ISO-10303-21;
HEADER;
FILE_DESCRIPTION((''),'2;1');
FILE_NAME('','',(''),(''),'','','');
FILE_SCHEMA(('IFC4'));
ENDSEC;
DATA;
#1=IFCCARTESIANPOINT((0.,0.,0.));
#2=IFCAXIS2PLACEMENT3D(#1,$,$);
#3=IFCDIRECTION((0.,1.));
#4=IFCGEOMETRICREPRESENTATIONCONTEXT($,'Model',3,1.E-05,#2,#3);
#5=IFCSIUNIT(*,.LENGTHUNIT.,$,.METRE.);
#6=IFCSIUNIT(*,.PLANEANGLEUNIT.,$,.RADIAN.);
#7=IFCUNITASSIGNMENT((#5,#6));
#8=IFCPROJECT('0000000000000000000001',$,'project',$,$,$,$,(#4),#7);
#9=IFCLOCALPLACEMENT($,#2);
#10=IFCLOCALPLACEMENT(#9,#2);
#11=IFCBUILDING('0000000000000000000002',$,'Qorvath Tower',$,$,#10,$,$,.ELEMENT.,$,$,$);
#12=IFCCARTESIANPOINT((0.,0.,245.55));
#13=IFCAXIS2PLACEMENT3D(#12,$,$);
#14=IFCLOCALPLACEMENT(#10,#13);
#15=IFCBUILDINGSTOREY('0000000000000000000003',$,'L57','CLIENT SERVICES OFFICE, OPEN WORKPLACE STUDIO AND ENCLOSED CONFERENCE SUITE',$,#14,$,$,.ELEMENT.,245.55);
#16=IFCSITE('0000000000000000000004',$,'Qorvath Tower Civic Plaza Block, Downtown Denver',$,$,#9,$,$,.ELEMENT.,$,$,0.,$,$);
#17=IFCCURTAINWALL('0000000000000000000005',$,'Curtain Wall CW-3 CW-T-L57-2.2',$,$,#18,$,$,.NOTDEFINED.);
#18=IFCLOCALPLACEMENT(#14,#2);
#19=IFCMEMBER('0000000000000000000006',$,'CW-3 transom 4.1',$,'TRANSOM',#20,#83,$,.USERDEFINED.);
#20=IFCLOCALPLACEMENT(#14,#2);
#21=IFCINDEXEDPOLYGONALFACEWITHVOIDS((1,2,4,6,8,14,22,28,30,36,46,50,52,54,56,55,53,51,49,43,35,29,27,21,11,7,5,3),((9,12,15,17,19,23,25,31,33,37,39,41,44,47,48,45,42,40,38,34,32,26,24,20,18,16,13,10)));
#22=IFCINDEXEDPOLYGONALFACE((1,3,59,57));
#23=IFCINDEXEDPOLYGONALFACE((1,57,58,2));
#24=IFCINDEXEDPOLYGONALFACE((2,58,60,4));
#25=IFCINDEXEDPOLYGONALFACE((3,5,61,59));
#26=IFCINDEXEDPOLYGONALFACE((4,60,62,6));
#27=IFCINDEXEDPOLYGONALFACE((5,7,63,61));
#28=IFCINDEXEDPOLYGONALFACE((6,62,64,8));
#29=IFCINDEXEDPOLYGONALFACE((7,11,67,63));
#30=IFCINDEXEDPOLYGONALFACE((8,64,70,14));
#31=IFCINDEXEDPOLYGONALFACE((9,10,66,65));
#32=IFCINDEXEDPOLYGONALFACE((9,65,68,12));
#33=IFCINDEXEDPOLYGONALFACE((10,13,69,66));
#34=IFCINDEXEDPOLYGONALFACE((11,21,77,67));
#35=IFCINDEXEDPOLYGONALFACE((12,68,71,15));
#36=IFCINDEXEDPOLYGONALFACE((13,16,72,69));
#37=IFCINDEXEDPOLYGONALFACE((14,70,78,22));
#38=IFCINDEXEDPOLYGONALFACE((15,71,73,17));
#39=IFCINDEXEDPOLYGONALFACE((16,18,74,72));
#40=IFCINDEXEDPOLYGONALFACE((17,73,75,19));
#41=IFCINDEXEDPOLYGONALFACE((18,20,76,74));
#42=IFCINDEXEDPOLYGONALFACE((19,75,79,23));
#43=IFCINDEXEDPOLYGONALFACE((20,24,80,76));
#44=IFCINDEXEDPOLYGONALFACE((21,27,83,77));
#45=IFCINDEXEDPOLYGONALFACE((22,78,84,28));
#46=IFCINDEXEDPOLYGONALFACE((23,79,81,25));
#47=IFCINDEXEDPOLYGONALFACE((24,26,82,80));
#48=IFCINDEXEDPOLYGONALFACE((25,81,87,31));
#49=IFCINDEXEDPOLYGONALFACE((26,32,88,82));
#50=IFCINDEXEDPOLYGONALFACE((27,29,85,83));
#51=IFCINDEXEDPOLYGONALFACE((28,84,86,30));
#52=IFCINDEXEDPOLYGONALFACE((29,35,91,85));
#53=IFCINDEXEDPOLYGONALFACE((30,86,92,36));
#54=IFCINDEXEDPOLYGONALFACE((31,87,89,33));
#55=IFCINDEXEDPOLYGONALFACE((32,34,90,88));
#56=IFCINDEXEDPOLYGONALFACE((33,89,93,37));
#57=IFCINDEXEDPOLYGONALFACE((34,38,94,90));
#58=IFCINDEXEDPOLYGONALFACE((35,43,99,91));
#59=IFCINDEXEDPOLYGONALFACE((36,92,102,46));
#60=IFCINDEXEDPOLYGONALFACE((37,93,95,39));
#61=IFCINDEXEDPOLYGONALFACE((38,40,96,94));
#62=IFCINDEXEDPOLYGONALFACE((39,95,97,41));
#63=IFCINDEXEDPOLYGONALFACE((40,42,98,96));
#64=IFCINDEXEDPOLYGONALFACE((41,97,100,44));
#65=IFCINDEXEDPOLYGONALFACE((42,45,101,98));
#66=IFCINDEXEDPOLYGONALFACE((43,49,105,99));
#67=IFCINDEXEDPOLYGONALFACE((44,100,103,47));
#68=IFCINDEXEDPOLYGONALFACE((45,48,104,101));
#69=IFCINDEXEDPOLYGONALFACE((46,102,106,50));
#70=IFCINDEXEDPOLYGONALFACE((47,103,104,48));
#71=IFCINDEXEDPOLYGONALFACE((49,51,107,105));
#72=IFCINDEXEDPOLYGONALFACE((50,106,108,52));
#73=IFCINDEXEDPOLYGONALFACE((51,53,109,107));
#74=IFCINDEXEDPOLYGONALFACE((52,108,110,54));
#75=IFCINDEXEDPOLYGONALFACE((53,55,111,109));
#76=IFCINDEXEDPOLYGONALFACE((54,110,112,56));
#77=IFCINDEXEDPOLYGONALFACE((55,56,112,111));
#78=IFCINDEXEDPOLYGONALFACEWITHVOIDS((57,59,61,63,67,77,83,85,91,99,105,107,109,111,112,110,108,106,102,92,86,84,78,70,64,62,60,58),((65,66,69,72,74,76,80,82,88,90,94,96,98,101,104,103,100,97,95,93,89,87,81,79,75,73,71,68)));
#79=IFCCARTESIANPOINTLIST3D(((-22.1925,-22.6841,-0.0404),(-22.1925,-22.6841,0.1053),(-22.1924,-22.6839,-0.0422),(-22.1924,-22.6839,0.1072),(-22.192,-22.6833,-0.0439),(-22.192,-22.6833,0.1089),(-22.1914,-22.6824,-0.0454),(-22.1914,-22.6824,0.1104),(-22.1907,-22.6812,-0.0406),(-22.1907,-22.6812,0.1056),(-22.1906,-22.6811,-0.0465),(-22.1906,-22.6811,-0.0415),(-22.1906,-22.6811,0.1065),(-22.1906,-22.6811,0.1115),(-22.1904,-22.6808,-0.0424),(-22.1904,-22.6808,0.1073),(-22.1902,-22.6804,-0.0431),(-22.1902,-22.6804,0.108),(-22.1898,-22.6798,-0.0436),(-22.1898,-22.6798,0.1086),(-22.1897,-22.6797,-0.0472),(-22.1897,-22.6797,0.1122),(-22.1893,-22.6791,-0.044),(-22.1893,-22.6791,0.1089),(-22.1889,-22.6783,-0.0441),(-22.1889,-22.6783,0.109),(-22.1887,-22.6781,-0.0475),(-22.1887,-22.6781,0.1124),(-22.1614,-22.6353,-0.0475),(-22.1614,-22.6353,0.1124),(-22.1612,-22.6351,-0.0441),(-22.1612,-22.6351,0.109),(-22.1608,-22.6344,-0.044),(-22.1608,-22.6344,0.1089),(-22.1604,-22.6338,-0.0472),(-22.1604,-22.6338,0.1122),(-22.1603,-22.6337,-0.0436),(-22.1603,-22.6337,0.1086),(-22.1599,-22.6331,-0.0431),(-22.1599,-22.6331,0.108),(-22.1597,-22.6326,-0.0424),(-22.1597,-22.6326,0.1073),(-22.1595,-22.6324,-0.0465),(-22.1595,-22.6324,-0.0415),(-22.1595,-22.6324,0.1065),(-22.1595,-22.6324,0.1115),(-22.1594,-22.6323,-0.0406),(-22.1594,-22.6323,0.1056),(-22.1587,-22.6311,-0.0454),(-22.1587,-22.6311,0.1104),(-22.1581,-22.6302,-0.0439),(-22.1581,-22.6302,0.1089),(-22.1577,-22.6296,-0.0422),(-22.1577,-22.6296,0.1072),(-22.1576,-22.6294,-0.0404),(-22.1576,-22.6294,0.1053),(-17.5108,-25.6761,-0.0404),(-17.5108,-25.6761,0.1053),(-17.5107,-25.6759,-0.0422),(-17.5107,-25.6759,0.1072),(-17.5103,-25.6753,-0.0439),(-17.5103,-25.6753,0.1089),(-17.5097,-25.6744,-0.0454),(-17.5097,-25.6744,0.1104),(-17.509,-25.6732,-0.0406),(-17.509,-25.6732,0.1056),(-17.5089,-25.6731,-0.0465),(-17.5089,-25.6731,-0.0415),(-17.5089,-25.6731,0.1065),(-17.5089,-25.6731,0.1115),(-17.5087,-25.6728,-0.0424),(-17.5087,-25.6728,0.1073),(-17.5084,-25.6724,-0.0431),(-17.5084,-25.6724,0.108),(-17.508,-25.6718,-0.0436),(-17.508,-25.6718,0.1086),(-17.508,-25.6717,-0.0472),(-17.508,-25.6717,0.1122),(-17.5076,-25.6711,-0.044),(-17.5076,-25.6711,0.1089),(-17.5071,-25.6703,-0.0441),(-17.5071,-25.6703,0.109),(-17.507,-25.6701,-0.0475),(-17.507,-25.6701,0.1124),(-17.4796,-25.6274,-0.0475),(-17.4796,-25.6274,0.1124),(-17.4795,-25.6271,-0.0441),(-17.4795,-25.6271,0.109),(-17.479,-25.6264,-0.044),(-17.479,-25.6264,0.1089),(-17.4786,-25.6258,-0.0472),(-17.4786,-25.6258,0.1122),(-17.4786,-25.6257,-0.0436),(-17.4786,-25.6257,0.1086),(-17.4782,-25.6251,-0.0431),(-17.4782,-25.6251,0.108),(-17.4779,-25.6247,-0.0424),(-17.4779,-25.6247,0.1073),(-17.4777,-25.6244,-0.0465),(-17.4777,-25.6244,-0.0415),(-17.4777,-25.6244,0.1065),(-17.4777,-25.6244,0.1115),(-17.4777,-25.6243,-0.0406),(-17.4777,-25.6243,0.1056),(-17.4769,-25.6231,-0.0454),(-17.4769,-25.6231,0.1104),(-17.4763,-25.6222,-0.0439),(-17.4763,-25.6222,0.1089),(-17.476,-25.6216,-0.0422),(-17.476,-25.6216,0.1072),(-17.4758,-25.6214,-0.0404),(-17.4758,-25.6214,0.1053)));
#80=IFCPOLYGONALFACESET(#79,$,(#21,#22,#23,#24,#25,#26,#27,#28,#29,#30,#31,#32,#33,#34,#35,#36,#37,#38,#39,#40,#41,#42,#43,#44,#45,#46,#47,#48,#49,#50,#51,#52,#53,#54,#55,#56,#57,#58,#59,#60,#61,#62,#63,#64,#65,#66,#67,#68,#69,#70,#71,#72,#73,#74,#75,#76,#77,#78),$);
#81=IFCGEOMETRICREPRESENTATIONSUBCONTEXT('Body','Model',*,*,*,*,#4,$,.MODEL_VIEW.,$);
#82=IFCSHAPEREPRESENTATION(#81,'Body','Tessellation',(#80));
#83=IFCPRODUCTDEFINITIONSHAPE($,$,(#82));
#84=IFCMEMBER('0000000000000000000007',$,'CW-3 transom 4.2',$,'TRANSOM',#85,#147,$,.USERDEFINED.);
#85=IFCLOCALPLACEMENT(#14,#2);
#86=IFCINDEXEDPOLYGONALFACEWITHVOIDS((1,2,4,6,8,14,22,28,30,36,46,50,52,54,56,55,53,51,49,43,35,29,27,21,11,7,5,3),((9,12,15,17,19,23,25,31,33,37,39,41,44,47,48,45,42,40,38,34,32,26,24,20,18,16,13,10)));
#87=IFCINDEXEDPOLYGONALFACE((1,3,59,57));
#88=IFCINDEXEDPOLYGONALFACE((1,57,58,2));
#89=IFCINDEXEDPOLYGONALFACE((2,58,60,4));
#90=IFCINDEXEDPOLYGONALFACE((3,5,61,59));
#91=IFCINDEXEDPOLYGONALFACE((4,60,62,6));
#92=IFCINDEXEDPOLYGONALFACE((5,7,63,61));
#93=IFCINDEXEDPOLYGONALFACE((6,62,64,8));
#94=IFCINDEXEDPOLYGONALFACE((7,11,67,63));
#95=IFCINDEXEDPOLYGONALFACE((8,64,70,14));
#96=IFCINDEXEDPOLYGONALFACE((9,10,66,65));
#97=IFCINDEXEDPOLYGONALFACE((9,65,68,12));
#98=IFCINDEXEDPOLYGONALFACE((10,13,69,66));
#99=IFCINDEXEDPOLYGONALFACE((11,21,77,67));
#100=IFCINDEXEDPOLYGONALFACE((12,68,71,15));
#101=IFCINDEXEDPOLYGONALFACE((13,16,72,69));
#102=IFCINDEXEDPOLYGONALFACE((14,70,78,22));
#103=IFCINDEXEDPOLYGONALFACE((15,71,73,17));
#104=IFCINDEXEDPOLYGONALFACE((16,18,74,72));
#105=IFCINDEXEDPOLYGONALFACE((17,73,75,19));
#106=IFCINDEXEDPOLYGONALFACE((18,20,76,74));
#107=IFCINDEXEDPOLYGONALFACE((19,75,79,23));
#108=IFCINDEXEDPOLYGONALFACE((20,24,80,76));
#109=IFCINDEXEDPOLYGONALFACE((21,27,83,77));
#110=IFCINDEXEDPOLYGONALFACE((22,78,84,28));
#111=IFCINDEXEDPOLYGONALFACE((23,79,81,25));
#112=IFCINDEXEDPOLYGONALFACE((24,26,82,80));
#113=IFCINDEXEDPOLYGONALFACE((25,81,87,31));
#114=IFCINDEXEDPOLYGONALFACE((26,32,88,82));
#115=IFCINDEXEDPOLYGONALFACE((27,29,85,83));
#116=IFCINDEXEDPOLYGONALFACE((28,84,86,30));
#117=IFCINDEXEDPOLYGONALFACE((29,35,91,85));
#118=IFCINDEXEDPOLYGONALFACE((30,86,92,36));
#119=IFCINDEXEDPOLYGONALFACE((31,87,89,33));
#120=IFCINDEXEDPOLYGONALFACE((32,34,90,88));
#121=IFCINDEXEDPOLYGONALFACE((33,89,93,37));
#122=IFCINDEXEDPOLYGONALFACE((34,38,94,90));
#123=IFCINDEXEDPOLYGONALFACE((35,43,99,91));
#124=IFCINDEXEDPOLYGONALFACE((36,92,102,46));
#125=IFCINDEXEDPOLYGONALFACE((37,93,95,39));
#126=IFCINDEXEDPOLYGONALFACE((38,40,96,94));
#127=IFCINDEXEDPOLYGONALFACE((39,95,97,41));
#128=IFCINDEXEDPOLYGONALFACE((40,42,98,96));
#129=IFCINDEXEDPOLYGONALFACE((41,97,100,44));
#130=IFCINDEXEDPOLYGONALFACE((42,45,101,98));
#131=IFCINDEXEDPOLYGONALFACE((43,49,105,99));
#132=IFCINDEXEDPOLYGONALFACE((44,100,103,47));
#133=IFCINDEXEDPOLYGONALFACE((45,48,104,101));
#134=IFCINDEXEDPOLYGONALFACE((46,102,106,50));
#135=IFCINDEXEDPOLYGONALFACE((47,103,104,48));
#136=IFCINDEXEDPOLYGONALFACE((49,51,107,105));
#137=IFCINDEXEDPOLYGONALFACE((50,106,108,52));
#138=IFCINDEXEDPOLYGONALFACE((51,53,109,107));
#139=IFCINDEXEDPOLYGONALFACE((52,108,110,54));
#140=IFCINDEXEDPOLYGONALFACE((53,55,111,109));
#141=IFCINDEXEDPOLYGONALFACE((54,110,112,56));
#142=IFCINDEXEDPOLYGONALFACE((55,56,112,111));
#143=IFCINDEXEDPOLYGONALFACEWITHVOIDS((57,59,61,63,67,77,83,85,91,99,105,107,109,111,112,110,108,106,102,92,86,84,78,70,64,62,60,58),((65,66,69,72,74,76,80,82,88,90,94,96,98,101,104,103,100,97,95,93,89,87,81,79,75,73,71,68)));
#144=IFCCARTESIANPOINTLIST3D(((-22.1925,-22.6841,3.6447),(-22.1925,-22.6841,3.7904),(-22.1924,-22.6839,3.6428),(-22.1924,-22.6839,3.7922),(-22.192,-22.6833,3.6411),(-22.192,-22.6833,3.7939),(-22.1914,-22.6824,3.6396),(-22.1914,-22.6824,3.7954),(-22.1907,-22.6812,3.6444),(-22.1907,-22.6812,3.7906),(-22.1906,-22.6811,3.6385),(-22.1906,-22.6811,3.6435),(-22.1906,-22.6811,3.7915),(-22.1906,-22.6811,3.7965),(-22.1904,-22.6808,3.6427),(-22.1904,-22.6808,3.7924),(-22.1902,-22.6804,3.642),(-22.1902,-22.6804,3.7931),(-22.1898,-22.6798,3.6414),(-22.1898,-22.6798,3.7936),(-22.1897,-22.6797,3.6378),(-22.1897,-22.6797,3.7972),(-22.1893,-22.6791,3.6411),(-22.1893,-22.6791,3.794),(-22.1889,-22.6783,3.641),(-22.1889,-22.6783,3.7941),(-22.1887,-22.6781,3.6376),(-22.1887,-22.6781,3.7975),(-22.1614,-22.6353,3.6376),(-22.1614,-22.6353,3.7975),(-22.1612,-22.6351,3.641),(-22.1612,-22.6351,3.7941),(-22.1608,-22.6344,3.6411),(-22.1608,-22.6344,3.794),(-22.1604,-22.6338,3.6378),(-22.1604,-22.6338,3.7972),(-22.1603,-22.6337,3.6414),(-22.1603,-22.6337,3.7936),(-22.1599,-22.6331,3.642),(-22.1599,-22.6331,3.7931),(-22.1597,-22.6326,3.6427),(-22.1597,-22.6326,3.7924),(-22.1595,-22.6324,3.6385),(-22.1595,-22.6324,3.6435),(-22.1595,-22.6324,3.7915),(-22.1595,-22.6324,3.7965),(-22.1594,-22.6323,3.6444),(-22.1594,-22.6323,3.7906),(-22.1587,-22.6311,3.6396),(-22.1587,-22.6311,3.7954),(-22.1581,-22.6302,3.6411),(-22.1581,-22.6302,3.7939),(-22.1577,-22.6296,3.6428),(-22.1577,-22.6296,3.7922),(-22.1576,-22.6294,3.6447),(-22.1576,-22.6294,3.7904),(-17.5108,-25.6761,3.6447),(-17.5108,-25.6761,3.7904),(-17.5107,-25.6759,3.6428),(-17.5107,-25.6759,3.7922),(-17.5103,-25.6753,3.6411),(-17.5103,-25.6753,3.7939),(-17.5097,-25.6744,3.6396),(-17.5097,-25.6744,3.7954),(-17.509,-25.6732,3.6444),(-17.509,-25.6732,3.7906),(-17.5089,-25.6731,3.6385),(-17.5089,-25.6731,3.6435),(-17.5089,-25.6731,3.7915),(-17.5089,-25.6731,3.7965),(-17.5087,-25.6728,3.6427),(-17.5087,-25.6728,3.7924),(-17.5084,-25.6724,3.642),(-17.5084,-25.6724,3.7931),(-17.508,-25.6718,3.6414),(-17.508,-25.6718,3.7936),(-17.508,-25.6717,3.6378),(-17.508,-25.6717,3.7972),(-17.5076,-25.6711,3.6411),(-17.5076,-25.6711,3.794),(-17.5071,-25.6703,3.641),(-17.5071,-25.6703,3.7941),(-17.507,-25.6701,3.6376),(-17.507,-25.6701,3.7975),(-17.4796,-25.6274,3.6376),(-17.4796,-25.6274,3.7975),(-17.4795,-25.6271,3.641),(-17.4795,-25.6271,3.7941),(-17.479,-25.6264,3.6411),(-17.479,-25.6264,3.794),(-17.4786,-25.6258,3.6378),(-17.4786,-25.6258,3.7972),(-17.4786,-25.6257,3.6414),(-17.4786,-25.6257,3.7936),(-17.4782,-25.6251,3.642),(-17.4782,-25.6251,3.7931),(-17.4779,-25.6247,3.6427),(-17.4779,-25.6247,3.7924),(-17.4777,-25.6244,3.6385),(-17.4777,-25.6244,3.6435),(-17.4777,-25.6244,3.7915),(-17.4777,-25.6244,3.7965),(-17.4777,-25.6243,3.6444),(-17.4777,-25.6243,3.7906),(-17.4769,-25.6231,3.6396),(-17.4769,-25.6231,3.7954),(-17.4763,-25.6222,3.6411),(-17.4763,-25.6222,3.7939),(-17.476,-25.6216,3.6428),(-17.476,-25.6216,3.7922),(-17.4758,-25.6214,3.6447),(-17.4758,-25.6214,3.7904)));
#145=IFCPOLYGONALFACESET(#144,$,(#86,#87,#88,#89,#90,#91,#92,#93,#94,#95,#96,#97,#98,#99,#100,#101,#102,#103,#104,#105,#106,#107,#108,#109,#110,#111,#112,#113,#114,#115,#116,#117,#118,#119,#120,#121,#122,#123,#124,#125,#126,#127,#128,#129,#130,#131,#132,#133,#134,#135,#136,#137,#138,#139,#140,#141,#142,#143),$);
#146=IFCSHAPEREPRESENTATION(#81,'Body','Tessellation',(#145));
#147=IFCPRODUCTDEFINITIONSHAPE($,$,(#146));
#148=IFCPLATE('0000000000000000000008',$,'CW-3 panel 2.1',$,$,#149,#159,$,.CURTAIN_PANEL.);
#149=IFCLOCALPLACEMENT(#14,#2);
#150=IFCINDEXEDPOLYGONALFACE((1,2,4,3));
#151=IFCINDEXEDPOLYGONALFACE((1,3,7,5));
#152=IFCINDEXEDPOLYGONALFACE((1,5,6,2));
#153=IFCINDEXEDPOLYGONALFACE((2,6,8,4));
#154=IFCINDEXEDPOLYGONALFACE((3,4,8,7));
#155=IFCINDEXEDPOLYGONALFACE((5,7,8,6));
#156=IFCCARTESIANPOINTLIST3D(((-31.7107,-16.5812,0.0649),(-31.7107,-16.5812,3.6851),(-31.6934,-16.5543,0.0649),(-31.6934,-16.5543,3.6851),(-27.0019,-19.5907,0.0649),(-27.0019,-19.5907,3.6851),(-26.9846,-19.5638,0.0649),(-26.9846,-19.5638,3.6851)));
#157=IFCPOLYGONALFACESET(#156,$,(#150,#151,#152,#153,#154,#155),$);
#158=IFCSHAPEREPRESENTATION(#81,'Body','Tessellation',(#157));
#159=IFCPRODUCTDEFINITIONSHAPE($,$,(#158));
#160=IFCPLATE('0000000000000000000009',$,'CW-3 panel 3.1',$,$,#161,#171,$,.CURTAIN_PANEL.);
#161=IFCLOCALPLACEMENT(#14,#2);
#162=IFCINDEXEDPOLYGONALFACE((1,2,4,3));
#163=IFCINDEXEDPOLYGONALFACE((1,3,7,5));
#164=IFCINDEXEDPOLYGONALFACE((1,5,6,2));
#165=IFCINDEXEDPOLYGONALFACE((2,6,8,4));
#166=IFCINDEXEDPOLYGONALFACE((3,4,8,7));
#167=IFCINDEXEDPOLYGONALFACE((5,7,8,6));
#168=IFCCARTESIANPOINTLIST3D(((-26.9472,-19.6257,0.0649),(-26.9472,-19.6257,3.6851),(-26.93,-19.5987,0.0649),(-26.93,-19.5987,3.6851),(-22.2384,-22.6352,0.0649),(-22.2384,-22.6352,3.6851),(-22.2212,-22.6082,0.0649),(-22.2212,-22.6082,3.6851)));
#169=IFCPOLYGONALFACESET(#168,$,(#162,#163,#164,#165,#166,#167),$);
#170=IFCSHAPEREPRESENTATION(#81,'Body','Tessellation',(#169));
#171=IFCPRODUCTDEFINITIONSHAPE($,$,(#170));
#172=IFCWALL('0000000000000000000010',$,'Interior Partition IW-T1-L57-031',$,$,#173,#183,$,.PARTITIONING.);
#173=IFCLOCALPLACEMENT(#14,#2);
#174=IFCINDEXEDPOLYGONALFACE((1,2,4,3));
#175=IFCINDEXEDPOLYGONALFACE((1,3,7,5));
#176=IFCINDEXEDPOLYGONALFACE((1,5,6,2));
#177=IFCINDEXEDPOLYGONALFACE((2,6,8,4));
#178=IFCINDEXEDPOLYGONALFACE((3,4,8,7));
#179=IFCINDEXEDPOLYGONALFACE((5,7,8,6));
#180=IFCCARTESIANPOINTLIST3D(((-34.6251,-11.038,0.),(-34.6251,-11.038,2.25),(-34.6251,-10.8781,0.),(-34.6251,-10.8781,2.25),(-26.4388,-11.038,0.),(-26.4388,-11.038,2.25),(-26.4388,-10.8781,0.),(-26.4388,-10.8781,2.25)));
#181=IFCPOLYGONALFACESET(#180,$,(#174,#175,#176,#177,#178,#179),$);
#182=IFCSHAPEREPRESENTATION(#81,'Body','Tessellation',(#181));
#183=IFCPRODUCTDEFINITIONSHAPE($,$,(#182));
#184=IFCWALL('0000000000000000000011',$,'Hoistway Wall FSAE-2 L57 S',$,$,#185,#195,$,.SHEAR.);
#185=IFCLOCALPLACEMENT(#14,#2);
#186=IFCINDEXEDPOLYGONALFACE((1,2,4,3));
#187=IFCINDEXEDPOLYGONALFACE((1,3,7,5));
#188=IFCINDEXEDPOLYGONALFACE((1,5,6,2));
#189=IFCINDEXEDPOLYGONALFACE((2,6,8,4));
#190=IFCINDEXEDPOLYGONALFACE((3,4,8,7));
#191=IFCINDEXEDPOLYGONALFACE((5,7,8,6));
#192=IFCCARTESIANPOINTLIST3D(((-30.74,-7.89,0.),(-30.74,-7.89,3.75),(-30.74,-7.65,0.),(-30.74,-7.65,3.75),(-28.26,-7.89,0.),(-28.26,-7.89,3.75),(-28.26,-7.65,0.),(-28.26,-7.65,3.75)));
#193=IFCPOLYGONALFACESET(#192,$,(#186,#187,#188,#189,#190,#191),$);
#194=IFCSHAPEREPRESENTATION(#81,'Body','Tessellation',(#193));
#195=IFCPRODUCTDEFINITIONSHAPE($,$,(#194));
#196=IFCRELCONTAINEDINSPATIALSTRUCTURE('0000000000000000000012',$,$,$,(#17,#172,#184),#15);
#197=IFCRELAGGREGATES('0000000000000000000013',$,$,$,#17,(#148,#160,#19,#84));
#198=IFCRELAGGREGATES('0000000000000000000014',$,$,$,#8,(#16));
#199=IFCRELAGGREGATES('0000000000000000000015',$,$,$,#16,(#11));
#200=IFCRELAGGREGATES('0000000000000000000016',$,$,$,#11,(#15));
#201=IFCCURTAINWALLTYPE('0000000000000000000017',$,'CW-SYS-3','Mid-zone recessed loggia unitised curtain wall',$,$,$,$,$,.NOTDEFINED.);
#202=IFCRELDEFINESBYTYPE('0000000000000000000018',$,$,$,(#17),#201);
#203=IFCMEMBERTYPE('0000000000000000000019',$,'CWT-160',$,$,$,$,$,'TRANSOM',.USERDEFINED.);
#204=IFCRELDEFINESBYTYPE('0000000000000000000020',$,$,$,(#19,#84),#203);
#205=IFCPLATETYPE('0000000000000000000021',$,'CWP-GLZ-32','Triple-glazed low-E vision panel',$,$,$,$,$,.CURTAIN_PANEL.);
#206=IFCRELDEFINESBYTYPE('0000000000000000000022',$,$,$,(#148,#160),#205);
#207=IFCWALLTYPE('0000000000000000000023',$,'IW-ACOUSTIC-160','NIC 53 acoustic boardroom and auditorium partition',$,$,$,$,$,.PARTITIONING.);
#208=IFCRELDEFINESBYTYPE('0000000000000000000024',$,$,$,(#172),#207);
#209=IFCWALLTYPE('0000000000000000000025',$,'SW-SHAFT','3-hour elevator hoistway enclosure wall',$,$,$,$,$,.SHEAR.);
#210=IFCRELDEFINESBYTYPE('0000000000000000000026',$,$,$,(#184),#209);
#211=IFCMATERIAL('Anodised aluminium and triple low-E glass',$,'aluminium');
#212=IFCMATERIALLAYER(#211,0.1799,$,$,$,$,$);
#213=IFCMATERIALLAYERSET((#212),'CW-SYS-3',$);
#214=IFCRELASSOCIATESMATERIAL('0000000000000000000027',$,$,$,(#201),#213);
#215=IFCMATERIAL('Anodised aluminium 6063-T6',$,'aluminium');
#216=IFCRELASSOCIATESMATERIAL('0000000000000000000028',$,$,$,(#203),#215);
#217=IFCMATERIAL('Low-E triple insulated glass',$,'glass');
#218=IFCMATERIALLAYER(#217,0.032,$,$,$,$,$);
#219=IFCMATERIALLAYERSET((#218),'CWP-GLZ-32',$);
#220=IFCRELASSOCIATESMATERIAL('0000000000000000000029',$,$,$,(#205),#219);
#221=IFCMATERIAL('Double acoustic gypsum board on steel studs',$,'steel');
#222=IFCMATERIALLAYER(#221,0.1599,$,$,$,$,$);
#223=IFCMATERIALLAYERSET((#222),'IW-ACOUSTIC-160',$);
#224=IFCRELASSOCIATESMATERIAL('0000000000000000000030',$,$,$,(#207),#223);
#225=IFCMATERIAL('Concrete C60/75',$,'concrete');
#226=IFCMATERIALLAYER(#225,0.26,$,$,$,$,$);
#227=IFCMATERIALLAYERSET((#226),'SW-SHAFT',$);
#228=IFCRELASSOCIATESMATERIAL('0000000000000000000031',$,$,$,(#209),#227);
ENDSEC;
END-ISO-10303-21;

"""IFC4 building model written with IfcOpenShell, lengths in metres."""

from ifc_helpers import new_model, si_unit, direction, frame, frame_2d, origin, origin_2d, place, context, subcontext, project, spatial, rectangle, hollow_rectangle, extrude, material, layer, layer_set, material_profile, profile_set, type_object, element, aggregate, save


model = new_model("IFC4")

# Units and contexts
model_context = context("Model", 3, precision=1e-05, world=origin(), true_north=direction((0.0, 1.0)))
body_context = subcontext(model_context, "Body", "Model", "MODEL_VIEW")
ifc_project = project(units=[si_unit("LENGTHUNIT", "METRE"), si_unit("PLANEANGLEUNIT", "RADIAN")], contexts=[model_context])

# Site, building, storey
site_placement = place(None, origin())
site = spatial("IfcSite", under=ifc_project, at=site_placement, Name="Qorvath Tower Civic Plaza Block, Downtown Denver", CompositionType="ELEMENT", RefElevation=0.0)
building_placement = place(site_placement, origin())
building = spatial("IfcBuilding", under=site, at=building_placement, Name="Qorvath Tower", CompositionType="ELEMENT")
storey_placement = place(building_placement, frame((0.0, 0.0, 245.55)))
storey = spatial("IfcBuildingStorey", under=building, at=storey_placement, Name="L57", Description="CLIENT SERVICES OFFICE, OPEN WORKPLACE STUDIO AND ENCLOSED CONFERENCE SUITE", CompositionType="ELEMENT", Elevation=245.55)

# Curtain wall, members, plates
ifc_material_1 = material(Name="Anodised aluminium and triple low-E glass", Category="aluminium")
ifc_layer_1 = layer(ifc_material_1, 0.1799)
ifc_layer_set_1 = layer_set([ifc_layer_1], Name="CW-SYS-3")
curtain_wall_type = type_object("IfcCurtainWallType", Name="CW-SYS-3", Description="Mid-zone recessed loggia unitised curtain wall", PredefinedType="NOTDEFINED", material=ifc_layer_set_1)
curtain_wall_placement = place(storey_placement, origin())
curtain_wall = element("IfcCurtainWall", 1, at=curtain_wall_placement, inside=storey, type_object=curtain_wall_type, Name="Curtain Wall CW-3 CW-T-L57-2.2", PredefinedType="NOTDEFINED")
ifc_material_2 = material(Name="Anodised aluminium 6063-T6", Category="aluminium")
ifc_material_profile_1 = material_profile(ifc_material_2, hollow_rectangle(XDim=0.0649, YDim=0.1599, WallThickness=0.0034, InnerFilletRadius=0.0034, OuterFilletRadius=0.0071, at=origin_2d()), Name="CWT 160x65")
ifc_profile_set_1 = profile_set([ifc_material_profile_1], Name="Anodised aluminium 6063-T6")
member_type_1 = type_object("IfcMemberType", Name="CWT-160", ElementType="TRANSOM", PredefinedType="USERDEFINED", material=ifc_profile_set_1)
member_1_placement = place(storey_placement, frame((-22.175, -22.6567, 0.0325), z_axis=(0.842623, -0.538504, 0.0), x_axis=(0.538504, 0.842623, 0.0)))
member_1 = element("IfcMember", 2, at=member_1_placement, type_object=member_type_1, Name="CW-3 transom 4.1", ObjectType="TRANSOM", PredefinedType="USERDEFINED", context=body_context, shape_type="SweptSolid", body=[
    extrude(hollow_rectangle(XDim=0.0649, YDim=0.1599, WallThickness=0.0034, InnerFilletRadius=0.0034, OuterFilletRadius=0.0071, at=origin_2d()), origin(), (0.0, 0.0, 1.0), 5.5562),
])
member_2_placement = place(storey_placement, frame((-22.175, -22.6567, 3.7175), z_axis=(0.842623, -0.538504, 0.0), x_axis=(0.538504, 0.842623, 0.0)))
member_2 = element("IfcMember", 3, at=member_2_placement, type_object=member_type_1, Name="CW-3 transom 4.2", ObjectType="TRANSOM", PredefinedType="USERDEFINED", context=body_context, shape_type="SweptSolid", body=[
    extrude(hollow_rectangle(XDim=0.0649, YDim=0.1599, WallThickness=0.0034, InnerFilletRadius=0.0034, OuterFilletRadius=0.0071, at=origin_2d()), origin(), (0.0, 0.0, 1.0), 5.5562),
])
ifc_material_3 = material(Name="Low-E triple insulated glass", Category="glass")
ifc_layer_2 = layer(ifc_material_3, 0.032)
ifc_layer_set_2 = layer_set([ifc_layer_2], Name="CWP-GLZ-32")
plate_type = type_object("IfcPlateType", Name="CWP-GLZ-32", Description="Triple-glazed low-E vision panel", PredefinedType="CURTAIN_PANEL", material=ifc_layer_set_2)
plate_1_placement = place(storey_placement, frame((-29.3477, -18.0725, 0.0649), z_axis=(0.0, 0.0, 1.0), x_axis=(0.842606, -0.53853, 0.0)))
plate_1 = element("IfcPlate", 4, at=plate_1_placement, type_object=plate_type, Name="CW-3 panel 2.1", PredefinedType="CURTAIN_PANEL", context=body_context, shape_type="SweptSolid", body=[
    extrude(rectangle(XDim=5.5884, YDim=0.032, at=origin_2d()), origin(), (0.0, 0.0, 1.0), 3.6201),
])
plate_2_placement = place(storey_placement, frame((-24.5842, -21.1169, 0.0649), z_axis=(0.0, 0.0, 1.0), x_axis=(0.842606, -0.53853, 0.0)))
plate_2 = element("IfcPlate", 5, at=plate_2_placement, type_object=plate_type, Name="CW-3 panel 3.1", PredefinedType="CURTAIN_PANEL", context=body_context, shape_type="SweptSolid", body=[
    extrude(rectangle(XDim=5.5884, YDim=0.032, at=origin_2d()), origin(), (0.0, 0.0, 1.0), 3.6201),
])
aggregate(curtain_wall, [plate_1, plate_2, member_1, member_2])

# Walls
ifc_material_4 = material(Name="Double acoustic gypsum board on steel studs", Category="steel")
ifc_layer_3 = layer(ifc_material_4, 0.1599)
ifc_layer_set_3 = layer_set([ifc_layer_3], Name="IW-ACOUSTIC-160")
wall_type_1 = type_object("IfcWallType", Name="IW-ACOUSTIC-160", Description="NIC 53 acoustic boardroom and auditorium partition", PredefinedType="PARTITIONING", material=ifc_layer_set_3)
wall_1_placement = place(storey_placement, frame((-26.4387, -10.958, 0.0), z_axis=(0.0, 0.0, 1.0), x_axis=(-1.0, 0.0, 0.0)))
element("IfcWall", 6, at=wall_1_placement, inside=storey, type_object=wall_type_1, Name="Interior Partition IW-T1-L57-031", PredefinedType="PARTITIONING", context=body_context, shape_type="SweptSolid", body=[
    extrude(rectangle(XDim=8.1863, YDim=0.1599, at=frame_2d((4.0933, 0.0))), origin(), (0.0, 0.0, 1.0), 2.25),
])
ifc_material_5 = material(Name="Concrete C60/75", Category="concrete")
ifc_layer_4 = layer(ifc_material_5, 0.26)
ifc_layer_set_4 = layer_set([ifc_layer_4], Name="SW-SHAFT")
wall_type_2 = type_object("IfcWallType", Name="SW-SHAFT", Description="3-hour elevator hoistway enclosure wall", PredefinedType="SHEAR", material=ifc_layer_set_4)
wall_2_placement = place(storey_placement, frame((-28.26, -7.77, 0.0), z_axis=(0.0, 0.0, 1.0), x_axis=(-1.0, 0.0, 0.0)))
element("IfcWall", 7, at=wall_2_placement, inside=storey, type_object=wall_type_2, Name="Hoistway Wall FSAE-2 L57 S", PredefinedType="SHEAR", context=body_context, shape_type="SweptSolid", body=[
    extrude(rectangle(XDim=2.48, YDim=0.24, at=frame_2d((1.24, 0.0))), origin(), (0.0, 0.0, 1.0), 3.75),
])

save(model, "model.ifc")
